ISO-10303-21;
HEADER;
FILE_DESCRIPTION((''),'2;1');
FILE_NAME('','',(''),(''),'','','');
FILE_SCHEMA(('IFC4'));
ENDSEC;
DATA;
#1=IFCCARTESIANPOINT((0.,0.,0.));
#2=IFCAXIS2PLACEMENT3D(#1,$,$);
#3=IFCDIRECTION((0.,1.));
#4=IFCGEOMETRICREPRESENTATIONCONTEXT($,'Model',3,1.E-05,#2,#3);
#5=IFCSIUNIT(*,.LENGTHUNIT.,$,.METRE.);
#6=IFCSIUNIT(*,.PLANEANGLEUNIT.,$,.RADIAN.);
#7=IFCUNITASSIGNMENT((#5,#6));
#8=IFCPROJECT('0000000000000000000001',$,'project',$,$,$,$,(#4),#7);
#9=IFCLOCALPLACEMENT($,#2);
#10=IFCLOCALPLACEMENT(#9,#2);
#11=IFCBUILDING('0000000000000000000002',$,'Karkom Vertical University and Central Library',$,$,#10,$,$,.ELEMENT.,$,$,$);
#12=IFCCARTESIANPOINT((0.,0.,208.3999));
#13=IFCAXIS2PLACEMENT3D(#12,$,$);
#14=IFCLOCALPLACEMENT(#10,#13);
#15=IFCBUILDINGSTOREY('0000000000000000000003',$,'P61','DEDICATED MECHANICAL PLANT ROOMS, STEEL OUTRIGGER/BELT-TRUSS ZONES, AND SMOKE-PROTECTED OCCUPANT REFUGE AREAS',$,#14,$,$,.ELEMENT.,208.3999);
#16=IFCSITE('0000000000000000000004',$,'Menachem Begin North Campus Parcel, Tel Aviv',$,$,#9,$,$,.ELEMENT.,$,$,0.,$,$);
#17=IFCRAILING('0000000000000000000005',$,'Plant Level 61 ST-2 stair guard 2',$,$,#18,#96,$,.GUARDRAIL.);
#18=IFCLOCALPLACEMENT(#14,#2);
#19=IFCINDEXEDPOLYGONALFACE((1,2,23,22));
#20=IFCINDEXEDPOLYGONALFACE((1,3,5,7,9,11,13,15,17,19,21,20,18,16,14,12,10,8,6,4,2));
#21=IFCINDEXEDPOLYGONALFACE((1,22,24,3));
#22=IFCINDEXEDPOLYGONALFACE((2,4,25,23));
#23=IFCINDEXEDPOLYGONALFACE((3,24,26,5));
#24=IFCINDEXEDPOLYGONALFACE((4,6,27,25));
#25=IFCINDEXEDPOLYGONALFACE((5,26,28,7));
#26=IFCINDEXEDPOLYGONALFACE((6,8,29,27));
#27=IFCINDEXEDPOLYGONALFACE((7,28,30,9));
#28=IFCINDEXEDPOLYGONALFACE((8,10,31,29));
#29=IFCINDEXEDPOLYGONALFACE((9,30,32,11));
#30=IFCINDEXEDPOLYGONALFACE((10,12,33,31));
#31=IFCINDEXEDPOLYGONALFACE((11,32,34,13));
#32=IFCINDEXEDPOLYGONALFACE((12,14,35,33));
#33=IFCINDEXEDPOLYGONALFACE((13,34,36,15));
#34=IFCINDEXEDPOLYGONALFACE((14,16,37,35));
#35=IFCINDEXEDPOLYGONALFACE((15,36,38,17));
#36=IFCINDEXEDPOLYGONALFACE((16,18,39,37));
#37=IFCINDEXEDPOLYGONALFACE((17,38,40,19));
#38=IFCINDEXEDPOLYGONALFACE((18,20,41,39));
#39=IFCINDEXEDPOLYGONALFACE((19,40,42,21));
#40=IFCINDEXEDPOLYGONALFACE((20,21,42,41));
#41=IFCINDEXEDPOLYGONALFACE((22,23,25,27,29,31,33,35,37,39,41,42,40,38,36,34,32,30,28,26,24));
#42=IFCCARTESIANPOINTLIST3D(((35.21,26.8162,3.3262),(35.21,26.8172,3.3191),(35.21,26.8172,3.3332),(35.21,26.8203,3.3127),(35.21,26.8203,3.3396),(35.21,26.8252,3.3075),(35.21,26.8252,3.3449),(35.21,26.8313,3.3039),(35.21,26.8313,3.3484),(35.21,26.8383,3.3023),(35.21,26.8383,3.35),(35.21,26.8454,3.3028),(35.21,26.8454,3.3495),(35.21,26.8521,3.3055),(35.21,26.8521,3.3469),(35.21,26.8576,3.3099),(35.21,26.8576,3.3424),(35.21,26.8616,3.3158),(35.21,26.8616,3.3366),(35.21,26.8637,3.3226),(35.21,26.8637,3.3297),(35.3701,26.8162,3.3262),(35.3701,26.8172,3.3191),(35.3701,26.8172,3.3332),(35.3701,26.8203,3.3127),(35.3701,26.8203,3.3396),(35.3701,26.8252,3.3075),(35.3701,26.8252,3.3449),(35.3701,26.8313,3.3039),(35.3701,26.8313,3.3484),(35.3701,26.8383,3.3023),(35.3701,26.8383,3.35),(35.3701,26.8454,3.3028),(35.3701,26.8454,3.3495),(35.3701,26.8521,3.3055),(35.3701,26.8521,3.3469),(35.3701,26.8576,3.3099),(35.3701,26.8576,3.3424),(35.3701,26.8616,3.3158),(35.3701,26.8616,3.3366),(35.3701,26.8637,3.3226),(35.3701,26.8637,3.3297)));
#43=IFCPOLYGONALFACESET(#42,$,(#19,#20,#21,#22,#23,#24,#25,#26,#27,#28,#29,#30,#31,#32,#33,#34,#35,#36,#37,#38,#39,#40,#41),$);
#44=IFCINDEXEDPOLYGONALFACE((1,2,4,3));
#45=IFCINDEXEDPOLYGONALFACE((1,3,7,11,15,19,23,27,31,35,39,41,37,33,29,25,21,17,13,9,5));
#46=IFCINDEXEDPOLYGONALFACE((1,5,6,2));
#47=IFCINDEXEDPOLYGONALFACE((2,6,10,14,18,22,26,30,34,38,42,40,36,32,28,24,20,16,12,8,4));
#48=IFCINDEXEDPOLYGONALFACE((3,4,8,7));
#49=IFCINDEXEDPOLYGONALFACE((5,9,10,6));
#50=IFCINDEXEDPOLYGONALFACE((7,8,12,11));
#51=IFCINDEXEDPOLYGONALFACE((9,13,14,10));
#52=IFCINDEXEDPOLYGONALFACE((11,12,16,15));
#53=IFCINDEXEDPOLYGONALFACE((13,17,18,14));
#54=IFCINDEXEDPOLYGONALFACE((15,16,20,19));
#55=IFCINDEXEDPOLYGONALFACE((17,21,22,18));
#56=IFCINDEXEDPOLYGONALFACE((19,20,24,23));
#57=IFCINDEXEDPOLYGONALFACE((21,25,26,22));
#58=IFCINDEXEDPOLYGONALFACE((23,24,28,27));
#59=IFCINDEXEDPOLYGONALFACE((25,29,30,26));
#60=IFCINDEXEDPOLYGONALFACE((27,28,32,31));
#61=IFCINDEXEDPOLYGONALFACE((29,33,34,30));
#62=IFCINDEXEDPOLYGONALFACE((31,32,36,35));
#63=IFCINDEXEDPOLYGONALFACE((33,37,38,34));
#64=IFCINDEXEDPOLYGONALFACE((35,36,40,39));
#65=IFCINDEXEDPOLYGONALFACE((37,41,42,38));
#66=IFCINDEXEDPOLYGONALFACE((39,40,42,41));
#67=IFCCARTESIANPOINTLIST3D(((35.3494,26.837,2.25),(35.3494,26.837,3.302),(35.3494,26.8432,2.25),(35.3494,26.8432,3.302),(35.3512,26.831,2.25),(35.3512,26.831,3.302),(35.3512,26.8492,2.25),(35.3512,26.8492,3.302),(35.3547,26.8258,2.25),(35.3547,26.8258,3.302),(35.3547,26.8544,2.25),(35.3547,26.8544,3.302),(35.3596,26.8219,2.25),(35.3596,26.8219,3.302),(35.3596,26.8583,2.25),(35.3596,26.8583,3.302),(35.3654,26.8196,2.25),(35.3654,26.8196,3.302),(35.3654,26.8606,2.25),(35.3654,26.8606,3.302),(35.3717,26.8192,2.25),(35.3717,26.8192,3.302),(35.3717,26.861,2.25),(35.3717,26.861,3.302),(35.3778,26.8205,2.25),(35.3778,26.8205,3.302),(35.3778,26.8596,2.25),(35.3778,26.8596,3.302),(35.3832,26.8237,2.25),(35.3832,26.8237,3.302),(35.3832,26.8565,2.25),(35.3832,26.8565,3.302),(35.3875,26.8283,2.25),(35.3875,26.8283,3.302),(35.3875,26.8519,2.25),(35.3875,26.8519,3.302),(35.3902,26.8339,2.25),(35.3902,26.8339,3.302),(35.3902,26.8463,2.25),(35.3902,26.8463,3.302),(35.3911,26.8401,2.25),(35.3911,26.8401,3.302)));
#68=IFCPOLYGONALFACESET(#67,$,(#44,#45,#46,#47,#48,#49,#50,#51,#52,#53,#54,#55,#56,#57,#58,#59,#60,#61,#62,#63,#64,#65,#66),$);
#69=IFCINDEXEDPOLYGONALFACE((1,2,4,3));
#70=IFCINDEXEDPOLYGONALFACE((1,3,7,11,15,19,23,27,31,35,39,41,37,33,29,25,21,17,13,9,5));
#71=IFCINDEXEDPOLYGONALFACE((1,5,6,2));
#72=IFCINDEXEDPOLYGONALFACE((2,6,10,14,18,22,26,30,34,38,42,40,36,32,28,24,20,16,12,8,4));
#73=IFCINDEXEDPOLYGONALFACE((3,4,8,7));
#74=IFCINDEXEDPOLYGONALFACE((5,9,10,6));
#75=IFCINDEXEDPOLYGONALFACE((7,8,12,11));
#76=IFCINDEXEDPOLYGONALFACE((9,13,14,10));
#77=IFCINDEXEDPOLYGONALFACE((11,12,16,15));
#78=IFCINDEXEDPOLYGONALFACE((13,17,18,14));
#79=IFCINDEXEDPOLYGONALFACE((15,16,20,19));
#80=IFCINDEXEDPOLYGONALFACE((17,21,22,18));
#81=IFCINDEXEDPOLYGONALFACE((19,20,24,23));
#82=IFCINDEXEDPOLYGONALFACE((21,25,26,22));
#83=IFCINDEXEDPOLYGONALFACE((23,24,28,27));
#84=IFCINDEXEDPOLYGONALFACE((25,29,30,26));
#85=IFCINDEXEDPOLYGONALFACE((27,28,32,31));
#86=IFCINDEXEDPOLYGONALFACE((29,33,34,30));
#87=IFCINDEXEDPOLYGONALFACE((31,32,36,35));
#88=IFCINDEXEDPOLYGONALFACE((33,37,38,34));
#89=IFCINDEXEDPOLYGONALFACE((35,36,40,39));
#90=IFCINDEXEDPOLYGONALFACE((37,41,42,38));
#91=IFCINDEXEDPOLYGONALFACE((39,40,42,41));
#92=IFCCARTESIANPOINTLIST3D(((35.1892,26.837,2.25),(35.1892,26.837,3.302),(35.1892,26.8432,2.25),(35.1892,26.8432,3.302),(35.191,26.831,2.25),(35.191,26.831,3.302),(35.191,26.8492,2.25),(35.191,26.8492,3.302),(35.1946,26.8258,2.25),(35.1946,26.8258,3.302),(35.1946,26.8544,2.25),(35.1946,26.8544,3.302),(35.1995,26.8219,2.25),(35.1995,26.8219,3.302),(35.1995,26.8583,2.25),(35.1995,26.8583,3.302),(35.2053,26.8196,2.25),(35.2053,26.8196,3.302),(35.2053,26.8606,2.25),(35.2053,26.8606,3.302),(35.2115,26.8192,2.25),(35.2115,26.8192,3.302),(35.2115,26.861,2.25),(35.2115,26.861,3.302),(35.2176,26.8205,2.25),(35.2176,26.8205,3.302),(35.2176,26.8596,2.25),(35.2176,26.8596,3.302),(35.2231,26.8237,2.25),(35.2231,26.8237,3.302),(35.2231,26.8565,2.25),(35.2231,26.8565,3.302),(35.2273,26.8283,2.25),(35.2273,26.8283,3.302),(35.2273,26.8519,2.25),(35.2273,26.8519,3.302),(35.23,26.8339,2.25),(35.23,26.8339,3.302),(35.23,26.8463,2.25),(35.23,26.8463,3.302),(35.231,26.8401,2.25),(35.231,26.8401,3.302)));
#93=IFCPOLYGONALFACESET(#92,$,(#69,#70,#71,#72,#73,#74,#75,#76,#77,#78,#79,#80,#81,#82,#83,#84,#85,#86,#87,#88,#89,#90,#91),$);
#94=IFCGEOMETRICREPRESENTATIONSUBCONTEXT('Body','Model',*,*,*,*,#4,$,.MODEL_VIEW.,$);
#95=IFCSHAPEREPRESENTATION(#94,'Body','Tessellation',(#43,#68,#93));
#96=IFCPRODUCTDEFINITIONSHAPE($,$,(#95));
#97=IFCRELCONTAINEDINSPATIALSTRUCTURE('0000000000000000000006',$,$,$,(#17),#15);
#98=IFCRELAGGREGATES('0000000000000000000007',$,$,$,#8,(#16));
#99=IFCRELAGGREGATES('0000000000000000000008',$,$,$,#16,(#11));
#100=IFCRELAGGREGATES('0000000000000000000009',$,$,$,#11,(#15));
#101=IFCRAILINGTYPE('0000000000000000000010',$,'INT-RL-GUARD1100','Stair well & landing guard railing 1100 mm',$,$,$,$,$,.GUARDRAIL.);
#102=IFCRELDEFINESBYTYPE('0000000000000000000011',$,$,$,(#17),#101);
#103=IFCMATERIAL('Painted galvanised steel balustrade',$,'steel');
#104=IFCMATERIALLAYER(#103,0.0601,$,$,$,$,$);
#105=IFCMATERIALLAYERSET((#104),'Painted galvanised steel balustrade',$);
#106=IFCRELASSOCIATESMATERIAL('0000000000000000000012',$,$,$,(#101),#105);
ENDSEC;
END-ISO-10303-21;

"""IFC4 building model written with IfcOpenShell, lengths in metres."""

from ifc_helpers import new_model, si_unit, direction, frame, origin, origin_2d, place, context, subcontext, project, spatial, circle, extrude, material, layer, layer_set, type_object, element, save


model = new_model("IFC4")

# Units and contexts
model_context = context("Model", 3, precision=1e-05, world=origin(), true_north=direction((0.0, 1.0)))
body_context = subcontext(model_context, "Body", "Model", "MODEL_VIEW")
ifc_project = project(units=[si_unit("LENGTHUNIT", "METRE"), si_unit("PLANEANGLEUNIT", "RADIAN")], contexts=[model_context])

# Site, building, storey
site_placement = place(None, origin())
site = spatial("IfcSite", under=ifc_project, at=site_placement, Name="Menachem Begin North Campus Parcel, Tel Aviv", CompositionType="ELEMENT", RefElevation=0.0)
building_placement = place(site_placement, origin())
building = spatial("IfcBuilding", under=site, at=building_placement, Name="Karkom Vertical University and Central Library", CompositionType="ELEMENT")
storey_placement = place(building_placement, frame((0.0, 0.0, 208.3999)))
storey = spatial("IfcBuildingStorey", under=building, at=storey_placement, Name="P61", Description="DEDICATED MECHANICAL PLANT ROOMS, STEEL OUTRIGGER/BELT-TRUSS ZONES, AND SMOKE-PROTECTED OCCUPANT REFUGE AREAS", CompositionType="ELEMENT", Elevation=208.3999)

# Railing
ifc_material_1 = material(Name="Painted galvanised steel balustrade", Category="steel")
ifc_layer_1 = layer(ifc_material_1, 0.0601)
ifc_layer_set_1 = layer_set([ifc_layer_1], Name="Painted galvanised steel balustrade")
railing_type_1 = type_object("IfcRailingType", Name="INT-RL-GUARD1100", Description="Stair well & landing guard railing 1100 mm", PredefinedType="GUARDRAIL", material=ifc_layer_set_1)
railing_1_placement = place(storey_placement, frame((35.3701, 26.8401, 2.25)))
element("IfcRailing", 1, at=railing_1_placement, inside=storey, type_object=railing_type_1, Name="Plant Level 61 ST-2 stair guard 2", PredefinedType="GUARDRAIL", context=body_context, shape_type="SweptSolid", body=[
    extrude(circle(Radius=0.0239, at=origin_2d()), frame((0.0, 0.0, 1.0762), z_axis=(-1.0, 0.0, 0.0), x_axis=(0.0, -1.0, 0.0)), (0.0, 0.0, 1.0), 0.1602),
    extrude(circle(Radius=0.021, at=origin_2d()), origin(), (0.0, 0.0, 1.0), 1.052),
    extrude(circle(Radius=0.021, at=origin_2d()), frame((-0.1602, 0.0, 0.0)), (0.0, 0.0, 1.0), 1.052),
])

save(model, "model.ifc")
